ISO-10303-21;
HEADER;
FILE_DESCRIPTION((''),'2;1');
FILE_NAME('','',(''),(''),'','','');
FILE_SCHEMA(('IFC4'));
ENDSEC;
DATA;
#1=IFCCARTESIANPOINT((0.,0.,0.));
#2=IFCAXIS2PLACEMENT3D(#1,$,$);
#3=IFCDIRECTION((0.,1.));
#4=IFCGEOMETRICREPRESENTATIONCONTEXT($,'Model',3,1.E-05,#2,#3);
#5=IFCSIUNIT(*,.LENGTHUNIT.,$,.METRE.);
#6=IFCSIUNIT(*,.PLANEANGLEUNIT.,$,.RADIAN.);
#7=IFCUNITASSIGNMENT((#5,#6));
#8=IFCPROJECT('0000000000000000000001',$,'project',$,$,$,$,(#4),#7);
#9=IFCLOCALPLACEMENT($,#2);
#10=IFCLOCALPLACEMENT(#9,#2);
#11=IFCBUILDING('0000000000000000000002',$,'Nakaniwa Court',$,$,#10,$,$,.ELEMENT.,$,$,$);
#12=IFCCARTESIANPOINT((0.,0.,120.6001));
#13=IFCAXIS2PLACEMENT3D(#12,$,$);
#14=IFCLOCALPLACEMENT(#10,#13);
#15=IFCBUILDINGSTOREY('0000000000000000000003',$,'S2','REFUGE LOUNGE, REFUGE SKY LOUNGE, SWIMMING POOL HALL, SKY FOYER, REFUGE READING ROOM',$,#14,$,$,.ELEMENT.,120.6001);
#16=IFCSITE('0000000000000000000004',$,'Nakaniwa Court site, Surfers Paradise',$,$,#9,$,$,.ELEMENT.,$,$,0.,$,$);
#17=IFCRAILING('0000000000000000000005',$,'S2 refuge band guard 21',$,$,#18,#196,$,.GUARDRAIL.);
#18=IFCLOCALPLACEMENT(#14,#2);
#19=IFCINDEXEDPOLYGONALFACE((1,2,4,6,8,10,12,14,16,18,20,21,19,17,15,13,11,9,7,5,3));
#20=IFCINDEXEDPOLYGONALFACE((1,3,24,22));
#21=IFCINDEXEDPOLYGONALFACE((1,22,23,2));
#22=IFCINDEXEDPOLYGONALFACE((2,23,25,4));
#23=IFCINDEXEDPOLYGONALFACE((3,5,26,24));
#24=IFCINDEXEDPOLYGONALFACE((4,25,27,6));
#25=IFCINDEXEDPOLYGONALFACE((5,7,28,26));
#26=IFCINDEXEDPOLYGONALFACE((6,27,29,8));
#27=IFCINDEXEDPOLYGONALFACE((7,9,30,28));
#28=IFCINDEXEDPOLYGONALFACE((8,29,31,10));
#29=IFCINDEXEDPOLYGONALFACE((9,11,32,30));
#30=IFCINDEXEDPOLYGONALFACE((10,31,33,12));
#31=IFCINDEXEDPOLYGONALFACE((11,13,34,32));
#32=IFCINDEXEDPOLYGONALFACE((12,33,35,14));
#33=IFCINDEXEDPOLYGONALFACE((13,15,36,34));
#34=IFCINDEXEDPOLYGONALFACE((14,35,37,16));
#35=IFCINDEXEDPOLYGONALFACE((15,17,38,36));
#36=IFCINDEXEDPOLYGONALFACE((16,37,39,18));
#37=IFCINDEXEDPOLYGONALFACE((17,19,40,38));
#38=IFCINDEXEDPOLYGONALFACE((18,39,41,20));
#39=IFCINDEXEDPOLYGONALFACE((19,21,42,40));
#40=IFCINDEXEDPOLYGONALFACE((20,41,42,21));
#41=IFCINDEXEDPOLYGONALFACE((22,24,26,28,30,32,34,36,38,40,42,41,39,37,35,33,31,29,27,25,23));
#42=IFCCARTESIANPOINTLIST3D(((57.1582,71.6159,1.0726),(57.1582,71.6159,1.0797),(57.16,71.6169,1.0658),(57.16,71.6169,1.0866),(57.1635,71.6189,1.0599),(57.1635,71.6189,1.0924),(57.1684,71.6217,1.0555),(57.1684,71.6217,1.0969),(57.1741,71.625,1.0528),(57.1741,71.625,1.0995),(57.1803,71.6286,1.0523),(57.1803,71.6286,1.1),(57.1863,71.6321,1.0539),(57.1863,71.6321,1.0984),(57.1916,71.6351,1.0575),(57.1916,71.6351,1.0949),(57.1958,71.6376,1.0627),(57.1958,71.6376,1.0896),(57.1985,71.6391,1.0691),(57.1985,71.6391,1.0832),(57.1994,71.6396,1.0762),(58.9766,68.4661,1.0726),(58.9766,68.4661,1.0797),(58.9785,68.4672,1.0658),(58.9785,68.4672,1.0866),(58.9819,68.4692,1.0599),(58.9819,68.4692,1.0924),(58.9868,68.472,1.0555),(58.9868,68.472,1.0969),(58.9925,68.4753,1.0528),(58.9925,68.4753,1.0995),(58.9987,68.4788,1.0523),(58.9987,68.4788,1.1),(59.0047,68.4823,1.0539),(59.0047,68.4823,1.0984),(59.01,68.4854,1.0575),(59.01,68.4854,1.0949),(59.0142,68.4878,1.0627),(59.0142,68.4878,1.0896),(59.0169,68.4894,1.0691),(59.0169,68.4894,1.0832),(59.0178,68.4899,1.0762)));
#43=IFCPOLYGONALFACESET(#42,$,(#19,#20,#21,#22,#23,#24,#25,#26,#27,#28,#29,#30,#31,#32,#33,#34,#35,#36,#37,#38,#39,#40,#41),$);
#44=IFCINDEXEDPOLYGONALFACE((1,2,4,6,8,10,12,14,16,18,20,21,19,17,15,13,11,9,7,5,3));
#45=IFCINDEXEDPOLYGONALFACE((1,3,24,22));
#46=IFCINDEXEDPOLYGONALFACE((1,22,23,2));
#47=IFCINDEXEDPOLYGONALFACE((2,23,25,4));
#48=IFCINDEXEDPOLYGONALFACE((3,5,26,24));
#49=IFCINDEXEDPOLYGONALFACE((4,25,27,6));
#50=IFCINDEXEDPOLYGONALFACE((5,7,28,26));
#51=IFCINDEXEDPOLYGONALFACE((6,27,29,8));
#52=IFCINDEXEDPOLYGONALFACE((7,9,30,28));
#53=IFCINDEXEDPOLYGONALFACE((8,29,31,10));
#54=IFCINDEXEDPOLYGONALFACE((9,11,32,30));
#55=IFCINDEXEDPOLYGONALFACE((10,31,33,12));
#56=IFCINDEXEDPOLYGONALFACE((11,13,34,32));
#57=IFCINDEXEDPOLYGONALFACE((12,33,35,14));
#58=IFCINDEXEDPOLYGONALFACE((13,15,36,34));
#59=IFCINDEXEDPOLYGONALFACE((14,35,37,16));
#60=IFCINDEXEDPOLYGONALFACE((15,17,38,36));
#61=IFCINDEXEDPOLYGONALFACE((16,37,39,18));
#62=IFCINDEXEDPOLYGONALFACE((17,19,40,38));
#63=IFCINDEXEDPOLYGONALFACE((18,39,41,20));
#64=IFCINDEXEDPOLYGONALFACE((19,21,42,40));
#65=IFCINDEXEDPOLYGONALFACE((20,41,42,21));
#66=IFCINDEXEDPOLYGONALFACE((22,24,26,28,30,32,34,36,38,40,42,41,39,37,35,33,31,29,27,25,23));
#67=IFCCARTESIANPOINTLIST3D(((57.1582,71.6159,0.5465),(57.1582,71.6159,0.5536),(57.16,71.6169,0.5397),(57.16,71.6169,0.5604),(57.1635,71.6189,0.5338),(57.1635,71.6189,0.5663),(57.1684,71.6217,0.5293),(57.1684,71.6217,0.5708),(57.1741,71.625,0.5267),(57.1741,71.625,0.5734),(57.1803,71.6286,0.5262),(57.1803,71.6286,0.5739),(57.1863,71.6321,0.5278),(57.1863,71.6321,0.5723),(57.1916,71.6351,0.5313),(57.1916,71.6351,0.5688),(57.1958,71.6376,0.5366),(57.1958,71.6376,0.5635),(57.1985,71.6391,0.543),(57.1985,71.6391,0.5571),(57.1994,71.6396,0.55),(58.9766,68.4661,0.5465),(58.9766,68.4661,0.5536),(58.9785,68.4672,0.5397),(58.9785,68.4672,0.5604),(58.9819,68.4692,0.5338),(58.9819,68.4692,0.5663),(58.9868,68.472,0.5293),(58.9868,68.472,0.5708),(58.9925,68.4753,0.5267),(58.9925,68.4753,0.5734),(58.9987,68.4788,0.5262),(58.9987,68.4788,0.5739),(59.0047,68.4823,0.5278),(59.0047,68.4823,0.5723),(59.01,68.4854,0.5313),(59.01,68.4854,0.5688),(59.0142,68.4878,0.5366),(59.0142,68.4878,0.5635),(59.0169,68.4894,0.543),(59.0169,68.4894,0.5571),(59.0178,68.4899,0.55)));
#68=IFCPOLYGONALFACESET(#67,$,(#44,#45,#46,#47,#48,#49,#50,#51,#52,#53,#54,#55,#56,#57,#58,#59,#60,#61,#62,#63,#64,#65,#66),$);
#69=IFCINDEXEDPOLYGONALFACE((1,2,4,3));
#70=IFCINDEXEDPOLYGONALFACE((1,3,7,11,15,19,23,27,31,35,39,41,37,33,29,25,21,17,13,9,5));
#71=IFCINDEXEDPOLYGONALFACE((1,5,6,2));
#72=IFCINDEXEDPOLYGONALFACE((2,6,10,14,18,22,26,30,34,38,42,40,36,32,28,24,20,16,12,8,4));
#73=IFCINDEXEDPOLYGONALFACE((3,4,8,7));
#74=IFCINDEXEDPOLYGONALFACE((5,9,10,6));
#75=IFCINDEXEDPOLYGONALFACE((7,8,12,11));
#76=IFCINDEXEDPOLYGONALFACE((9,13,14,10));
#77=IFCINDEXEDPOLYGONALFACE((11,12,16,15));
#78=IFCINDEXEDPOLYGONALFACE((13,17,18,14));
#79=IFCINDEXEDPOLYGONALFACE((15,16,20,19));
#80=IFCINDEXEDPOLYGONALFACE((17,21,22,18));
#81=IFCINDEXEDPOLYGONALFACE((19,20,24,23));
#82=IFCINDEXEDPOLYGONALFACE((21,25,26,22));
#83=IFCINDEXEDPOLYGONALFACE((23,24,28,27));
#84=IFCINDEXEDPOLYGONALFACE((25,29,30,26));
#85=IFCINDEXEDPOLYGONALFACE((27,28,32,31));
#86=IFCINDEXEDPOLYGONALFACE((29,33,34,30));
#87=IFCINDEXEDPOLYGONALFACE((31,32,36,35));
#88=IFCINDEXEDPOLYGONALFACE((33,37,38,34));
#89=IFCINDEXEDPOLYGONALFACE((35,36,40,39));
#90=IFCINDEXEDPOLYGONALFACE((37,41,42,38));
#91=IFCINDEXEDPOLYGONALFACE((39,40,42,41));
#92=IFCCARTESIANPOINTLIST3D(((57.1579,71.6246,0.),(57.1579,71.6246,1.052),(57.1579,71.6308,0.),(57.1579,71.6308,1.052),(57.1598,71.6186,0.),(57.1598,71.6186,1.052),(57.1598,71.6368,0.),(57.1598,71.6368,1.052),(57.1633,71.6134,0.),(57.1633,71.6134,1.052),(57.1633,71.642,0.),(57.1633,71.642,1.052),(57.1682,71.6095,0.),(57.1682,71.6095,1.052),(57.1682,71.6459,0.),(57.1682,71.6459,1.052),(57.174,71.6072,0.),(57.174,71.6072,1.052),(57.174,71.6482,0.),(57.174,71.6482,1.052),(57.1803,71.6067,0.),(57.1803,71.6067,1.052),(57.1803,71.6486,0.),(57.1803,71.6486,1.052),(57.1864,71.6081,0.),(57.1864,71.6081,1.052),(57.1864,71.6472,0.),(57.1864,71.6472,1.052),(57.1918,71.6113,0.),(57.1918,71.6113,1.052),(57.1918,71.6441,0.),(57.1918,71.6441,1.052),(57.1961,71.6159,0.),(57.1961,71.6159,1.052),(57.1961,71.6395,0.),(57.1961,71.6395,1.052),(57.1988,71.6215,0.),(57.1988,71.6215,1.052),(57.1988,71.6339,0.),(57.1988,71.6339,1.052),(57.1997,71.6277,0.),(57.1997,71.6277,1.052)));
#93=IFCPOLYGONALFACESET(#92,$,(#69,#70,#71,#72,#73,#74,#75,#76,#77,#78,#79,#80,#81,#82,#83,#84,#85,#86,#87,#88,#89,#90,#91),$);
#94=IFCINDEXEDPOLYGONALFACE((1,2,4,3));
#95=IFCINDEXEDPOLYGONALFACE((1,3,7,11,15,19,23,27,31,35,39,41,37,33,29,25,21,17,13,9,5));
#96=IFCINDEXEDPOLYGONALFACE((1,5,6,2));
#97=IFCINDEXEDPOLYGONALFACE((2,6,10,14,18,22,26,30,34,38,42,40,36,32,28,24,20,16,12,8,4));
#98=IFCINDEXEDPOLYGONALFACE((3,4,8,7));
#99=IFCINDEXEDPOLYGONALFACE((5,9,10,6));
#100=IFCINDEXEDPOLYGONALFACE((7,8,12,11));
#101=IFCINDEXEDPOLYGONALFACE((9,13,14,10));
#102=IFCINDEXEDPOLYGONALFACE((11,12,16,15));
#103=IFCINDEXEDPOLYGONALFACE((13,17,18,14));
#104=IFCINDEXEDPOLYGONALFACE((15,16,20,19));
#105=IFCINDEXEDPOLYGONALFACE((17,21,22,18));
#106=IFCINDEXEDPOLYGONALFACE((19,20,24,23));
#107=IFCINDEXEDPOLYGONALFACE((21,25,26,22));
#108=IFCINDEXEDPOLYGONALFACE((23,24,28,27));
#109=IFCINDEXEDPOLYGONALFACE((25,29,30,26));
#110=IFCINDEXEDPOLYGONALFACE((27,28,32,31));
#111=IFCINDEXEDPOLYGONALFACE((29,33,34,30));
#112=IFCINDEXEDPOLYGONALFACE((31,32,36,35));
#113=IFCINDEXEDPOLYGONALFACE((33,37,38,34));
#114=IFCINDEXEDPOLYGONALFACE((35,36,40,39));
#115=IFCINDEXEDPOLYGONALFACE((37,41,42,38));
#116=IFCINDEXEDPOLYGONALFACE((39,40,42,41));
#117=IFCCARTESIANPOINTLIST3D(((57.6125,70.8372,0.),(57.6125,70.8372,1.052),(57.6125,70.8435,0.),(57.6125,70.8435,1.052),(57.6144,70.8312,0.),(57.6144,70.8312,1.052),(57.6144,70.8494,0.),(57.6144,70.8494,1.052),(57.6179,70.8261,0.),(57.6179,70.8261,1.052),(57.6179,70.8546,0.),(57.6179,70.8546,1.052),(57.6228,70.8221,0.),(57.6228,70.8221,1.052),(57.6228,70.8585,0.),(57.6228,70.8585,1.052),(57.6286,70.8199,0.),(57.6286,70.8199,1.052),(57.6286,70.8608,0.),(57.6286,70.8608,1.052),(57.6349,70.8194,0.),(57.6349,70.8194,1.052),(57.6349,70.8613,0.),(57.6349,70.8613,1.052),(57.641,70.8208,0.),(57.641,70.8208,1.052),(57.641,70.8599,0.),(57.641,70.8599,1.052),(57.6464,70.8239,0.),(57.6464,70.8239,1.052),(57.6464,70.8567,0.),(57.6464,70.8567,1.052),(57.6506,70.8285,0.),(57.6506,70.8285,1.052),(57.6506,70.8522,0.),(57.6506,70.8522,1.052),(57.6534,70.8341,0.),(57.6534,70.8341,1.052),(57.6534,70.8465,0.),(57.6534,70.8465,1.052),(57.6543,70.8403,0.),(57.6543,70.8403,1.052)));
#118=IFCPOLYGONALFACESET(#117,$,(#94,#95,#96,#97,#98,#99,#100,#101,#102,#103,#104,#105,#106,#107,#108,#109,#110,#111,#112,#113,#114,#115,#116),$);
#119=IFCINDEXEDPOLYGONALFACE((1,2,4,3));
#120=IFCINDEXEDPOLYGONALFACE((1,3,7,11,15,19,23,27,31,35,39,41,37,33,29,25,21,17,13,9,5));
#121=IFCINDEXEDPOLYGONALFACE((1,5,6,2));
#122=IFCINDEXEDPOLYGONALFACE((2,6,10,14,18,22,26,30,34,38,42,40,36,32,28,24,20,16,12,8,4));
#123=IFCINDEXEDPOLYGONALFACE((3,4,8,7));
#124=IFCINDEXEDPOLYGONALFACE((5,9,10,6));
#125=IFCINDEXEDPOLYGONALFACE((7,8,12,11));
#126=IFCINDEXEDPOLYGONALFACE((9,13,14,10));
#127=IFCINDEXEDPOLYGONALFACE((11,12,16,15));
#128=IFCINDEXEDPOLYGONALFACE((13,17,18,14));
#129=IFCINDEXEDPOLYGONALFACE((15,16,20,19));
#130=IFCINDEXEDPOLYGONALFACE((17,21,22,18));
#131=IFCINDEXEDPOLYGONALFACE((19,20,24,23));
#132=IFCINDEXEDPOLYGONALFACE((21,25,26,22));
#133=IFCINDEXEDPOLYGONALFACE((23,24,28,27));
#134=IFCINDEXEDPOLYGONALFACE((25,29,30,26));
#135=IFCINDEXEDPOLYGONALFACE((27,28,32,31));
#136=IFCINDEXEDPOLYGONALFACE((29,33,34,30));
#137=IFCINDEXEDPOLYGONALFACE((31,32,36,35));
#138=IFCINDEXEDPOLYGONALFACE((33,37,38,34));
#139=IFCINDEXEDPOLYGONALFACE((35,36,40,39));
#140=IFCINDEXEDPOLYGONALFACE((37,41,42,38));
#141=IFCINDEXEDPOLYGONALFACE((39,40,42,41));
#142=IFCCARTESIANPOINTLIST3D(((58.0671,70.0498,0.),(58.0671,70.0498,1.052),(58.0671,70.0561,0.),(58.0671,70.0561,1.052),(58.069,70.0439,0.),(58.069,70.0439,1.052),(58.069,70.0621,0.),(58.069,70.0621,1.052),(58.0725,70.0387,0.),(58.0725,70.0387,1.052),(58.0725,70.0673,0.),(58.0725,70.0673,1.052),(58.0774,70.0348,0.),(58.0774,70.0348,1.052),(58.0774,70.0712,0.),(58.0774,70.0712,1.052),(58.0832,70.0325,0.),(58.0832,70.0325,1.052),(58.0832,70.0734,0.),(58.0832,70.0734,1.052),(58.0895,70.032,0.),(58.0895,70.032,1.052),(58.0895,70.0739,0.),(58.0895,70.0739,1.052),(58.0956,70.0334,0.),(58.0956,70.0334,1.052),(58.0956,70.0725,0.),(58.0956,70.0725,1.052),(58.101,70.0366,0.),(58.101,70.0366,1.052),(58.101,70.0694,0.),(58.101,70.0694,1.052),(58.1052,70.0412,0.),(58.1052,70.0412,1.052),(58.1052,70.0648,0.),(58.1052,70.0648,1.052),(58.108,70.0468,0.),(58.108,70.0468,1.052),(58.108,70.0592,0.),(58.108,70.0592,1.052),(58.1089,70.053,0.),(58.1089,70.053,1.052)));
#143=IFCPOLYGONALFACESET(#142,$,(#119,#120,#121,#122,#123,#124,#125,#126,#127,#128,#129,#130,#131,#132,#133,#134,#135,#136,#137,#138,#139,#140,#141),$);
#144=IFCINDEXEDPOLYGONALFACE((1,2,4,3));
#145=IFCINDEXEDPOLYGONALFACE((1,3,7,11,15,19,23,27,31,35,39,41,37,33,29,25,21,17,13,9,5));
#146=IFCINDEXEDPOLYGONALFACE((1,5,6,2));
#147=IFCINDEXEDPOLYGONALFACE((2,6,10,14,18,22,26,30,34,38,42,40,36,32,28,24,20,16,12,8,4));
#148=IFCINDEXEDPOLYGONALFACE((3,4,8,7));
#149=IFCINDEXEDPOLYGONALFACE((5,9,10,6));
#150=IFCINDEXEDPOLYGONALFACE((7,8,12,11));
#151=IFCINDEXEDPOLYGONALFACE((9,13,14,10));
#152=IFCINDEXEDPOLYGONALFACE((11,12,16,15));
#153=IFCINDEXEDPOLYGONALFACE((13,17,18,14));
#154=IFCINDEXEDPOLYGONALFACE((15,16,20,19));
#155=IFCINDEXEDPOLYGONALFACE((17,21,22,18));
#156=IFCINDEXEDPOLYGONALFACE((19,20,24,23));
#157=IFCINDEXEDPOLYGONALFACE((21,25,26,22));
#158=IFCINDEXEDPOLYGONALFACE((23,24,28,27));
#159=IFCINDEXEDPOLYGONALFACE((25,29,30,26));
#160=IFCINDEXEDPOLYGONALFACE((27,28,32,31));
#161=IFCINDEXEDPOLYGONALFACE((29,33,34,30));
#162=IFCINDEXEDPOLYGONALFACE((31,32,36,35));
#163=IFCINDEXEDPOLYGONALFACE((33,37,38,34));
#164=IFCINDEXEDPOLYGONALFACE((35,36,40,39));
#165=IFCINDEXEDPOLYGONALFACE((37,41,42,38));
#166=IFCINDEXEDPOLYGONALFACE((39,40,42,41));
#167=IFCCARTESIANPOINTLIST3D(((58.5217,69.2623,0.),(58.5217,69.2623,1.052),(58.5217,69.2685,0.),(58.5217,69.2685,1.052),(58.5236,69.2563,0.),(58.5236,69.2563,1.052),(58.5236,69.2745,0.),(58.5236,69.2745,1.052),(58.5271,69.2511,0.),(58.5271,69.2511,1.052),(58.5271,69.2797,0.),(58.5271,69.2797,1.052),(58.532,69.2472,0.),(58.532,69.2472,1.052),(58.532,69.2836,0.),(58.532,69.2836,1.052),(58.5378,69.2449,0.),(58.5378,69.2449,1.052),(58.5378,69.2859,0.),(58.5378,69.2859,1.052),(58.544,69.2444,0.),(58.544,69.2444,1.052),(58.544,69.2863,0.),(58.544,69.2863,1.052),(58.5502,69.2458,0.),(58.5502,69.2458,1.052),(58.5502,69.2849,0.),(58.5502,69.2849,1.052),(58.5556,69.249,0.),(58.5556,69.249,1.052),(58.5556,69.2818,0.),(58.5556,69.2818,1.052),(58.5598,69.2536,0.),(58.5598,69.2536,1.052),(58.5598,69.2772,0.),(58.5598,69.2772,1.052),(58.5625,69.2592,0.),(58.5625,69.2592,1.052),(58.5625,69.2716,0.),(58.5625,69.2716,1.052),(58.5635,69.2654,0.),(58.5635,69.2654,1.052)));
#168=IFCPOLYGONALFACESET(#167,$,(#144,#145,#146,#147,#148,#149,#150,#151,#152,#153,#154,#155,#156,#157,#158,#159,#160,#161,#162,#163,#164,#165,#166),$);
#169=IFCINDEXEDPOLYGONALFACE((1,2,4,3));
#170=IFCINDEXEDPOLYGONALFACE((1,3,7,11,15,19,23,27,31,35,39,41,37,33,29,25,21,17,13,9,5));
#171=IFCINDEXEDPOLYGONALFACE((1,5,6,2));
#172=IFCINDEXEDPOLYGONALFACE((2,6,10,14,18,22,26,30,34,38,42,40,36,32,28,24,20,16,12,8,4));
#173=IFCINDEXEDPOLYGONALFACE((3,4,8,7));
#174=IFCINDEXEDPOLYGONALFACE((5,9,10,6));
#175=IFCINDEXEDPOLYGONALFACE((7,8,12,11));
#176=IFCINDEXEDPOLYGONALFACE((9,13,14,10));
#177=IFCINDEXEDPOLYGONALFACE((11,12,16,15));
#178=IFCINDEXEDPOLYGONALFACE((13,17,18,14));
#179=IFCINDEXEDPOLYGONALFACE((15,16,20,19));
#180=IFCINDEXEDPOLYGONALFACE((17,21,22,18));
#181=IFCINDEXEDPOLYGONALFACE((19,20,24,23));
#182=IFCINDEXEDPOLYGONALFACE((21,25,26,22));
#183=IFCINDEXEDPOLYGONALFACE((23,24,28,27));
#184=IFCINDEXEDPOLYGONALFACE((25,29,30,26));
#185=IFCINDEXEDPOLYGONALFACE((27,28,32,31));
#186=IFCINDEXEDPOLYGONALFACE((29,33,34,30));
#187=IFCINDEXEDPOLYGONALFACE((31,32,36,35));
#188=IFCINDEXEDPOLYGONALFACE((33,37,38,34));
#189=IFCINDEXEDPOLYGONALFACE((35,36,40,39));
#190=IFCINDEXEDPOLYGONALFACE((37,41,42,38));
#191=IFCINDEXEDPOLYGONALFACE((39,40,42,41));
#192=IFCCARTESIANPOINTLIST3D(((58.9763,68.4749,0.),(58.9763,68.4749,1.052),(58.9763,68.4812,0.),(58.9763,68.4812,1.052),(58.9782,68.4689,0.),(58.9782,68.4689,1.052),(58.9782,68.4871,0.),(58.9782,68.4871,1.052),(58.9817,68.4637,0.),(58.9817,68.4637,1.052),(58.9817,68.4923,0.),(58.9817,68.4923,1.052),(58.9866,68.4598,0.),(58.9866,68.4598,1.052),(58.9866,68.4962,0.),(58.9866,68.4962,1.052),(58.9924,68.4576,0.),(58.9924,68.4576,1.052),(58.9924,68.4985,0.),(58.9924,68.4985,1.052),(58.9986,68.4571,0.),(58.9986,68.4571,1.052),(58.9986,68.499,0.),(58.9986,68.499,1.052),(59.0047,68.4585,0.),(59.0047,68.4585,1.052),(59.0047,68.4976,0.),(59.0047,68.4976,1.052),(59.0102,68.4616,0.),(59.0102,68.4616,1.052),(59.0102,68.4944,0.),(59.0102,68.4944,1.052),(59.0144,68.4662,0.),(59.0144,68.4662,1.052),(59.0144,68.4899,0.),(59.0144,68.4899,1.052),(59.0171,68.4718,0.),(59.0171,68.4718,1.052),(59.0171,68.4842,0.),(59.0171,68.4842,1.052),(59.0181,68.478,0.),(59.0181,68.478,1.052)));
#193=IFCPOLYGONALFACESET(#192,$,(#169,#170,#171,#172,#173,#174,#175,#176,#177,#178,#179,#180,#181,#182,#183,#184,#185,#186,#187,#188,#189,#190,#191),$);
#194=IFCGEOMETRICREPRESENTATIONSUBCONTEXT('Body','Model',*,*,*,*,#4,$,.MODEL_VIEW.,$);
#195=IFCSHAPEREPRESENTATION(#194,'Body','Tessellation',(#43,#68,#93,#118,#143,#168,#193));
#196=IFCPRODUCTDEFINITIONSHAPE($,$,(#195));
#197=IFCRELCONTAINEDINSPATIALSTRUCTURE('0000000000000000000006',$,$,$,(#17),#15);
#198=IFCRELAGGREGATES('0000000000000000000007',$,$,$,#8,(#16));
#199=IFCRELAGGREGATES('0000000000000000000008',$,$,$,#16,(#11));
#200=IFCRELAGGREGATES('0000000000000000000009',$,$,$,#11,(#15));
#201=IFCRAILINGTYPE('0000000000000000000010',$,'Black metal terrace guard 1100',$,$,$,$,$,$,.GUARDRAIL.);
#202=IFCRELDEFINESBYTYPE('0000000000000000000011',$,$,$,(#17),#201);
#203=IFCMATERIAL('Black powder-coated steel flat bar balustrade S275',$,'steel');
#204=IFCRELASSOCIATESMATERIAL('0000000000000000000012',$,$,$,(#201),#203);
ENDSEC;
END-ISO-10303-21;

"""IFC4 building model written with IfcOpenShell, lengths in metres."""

from ifc_helpers import new_model, si_unit, direction, frame, origin, origin_2d, place, context, subcontext, project, spatial, circle, extrude, material, type_object, element, save


model = new_model("IFC4")

# Units and contexts
model_context = context("Model", 3, precision=1e-05, world=origin(), true_north=direction((0.0, 1.0)))
body_context = subcontext(model_context, "Body", "Model", "MODEL_VIEW")
ifc_project = project(units=[si_unit("LENGTHUNIT", "METRE"), si_unit("PLANEANGLEUNIT", "RADIAN")], contexts=[model_context])

# Site, building, storey
site_placement = place(None, origin())
site = spatial("IfcSite", under=ifc_project, at=site_placement, Name="Nakaniwa Court site, Surfers Paradise", CompositionType="ELEMENT", RefElevation=0.0)
building_placement = place(site_placement, origin())
building = spatial("IfcBuilding", under=site, at=building_placement, Name="Nakaniwa Court", CompositionType="ELEMENT")
storey_placement = place(building_placement, frame((0.0, 0.0, 120.6001)))
storey = spatial("IfcBuildingStorey", under=building, at=storey_placement, Name="S2", Description="REFUGE LOUNGE, REFUGE SKY LOUNGE, SWIMMING POOL HALL, SKY FOYER, REFUGE READING ROOM", CompositionType="ELEMENT", Elevation=120.6001)

# Railing
ifc_material_1 = material(Name="Black powder-coated steel flat bar balustrade S275", Category="steel")
railing_type = type_object("IfcRailingType", Name="Black metal terrace guard 1100", PredefinedType="GUARDRAIL", material=ifc_material_1)
railing_1_placement = place(storey_placement, frame((57.1787, 71.6277, 0.0)))
element("IfcRailing", 1, at=railing_1_placement, inside=storey, type_object=railing_type, Name="S2 refuge band guard 21", PredefinedType="GUARDRAIL", context=body_context, shape_type="SweptSolid", body=[
    extrude(circle(Radius=0.0239, at=origin_2d()), frame((0.0, 0.0, 1.0762), z_axis=(0.49998, -0.866037, 0.0), x_axis=(0.866037, 0.49998, 0.0)), (0.0, 0.0, 1.0), 3.637),
    extrude(circle(Radius=0.0239, at=origin_2d()), frame((0.0, 0.0, 0.55), z_axis=(0.49998, -0.866037, 0.0), x_axis=(0.866037, 0.49998, 0.0)), (0.0, 0.0, 1.0), 3.637),
    extrude(circle(Radius=0.021, at=origin_2d()), origin(), (0.0, 0.0, 1.0), 1.052),
    extrude(circle(Radius=0.021, at=origin_2d()), frame((0.4546, -0.7874, 0.0)), (0.0, 0.0, 1.0), 1.052),
    extrude(circle(Radius=0.021, at=origin_2d()), frame((0.9092, -1.5747, 0.0)), (0.0, 0.0, 1.0), 1.052),
    extrude(circle(Radius=0.021, at=origin_2d()), frame((1.3638, -2.3623, 0.0)), (0.0, 0.0, 1.0), 1.052),
    extrude(circle(Radius=0.021, at=origin_2d()), frame((1.8184, -3.1497, 0.0)), (0.0, 0.0, 1.0), 1.052),
])

save(model, "model.ifc")
